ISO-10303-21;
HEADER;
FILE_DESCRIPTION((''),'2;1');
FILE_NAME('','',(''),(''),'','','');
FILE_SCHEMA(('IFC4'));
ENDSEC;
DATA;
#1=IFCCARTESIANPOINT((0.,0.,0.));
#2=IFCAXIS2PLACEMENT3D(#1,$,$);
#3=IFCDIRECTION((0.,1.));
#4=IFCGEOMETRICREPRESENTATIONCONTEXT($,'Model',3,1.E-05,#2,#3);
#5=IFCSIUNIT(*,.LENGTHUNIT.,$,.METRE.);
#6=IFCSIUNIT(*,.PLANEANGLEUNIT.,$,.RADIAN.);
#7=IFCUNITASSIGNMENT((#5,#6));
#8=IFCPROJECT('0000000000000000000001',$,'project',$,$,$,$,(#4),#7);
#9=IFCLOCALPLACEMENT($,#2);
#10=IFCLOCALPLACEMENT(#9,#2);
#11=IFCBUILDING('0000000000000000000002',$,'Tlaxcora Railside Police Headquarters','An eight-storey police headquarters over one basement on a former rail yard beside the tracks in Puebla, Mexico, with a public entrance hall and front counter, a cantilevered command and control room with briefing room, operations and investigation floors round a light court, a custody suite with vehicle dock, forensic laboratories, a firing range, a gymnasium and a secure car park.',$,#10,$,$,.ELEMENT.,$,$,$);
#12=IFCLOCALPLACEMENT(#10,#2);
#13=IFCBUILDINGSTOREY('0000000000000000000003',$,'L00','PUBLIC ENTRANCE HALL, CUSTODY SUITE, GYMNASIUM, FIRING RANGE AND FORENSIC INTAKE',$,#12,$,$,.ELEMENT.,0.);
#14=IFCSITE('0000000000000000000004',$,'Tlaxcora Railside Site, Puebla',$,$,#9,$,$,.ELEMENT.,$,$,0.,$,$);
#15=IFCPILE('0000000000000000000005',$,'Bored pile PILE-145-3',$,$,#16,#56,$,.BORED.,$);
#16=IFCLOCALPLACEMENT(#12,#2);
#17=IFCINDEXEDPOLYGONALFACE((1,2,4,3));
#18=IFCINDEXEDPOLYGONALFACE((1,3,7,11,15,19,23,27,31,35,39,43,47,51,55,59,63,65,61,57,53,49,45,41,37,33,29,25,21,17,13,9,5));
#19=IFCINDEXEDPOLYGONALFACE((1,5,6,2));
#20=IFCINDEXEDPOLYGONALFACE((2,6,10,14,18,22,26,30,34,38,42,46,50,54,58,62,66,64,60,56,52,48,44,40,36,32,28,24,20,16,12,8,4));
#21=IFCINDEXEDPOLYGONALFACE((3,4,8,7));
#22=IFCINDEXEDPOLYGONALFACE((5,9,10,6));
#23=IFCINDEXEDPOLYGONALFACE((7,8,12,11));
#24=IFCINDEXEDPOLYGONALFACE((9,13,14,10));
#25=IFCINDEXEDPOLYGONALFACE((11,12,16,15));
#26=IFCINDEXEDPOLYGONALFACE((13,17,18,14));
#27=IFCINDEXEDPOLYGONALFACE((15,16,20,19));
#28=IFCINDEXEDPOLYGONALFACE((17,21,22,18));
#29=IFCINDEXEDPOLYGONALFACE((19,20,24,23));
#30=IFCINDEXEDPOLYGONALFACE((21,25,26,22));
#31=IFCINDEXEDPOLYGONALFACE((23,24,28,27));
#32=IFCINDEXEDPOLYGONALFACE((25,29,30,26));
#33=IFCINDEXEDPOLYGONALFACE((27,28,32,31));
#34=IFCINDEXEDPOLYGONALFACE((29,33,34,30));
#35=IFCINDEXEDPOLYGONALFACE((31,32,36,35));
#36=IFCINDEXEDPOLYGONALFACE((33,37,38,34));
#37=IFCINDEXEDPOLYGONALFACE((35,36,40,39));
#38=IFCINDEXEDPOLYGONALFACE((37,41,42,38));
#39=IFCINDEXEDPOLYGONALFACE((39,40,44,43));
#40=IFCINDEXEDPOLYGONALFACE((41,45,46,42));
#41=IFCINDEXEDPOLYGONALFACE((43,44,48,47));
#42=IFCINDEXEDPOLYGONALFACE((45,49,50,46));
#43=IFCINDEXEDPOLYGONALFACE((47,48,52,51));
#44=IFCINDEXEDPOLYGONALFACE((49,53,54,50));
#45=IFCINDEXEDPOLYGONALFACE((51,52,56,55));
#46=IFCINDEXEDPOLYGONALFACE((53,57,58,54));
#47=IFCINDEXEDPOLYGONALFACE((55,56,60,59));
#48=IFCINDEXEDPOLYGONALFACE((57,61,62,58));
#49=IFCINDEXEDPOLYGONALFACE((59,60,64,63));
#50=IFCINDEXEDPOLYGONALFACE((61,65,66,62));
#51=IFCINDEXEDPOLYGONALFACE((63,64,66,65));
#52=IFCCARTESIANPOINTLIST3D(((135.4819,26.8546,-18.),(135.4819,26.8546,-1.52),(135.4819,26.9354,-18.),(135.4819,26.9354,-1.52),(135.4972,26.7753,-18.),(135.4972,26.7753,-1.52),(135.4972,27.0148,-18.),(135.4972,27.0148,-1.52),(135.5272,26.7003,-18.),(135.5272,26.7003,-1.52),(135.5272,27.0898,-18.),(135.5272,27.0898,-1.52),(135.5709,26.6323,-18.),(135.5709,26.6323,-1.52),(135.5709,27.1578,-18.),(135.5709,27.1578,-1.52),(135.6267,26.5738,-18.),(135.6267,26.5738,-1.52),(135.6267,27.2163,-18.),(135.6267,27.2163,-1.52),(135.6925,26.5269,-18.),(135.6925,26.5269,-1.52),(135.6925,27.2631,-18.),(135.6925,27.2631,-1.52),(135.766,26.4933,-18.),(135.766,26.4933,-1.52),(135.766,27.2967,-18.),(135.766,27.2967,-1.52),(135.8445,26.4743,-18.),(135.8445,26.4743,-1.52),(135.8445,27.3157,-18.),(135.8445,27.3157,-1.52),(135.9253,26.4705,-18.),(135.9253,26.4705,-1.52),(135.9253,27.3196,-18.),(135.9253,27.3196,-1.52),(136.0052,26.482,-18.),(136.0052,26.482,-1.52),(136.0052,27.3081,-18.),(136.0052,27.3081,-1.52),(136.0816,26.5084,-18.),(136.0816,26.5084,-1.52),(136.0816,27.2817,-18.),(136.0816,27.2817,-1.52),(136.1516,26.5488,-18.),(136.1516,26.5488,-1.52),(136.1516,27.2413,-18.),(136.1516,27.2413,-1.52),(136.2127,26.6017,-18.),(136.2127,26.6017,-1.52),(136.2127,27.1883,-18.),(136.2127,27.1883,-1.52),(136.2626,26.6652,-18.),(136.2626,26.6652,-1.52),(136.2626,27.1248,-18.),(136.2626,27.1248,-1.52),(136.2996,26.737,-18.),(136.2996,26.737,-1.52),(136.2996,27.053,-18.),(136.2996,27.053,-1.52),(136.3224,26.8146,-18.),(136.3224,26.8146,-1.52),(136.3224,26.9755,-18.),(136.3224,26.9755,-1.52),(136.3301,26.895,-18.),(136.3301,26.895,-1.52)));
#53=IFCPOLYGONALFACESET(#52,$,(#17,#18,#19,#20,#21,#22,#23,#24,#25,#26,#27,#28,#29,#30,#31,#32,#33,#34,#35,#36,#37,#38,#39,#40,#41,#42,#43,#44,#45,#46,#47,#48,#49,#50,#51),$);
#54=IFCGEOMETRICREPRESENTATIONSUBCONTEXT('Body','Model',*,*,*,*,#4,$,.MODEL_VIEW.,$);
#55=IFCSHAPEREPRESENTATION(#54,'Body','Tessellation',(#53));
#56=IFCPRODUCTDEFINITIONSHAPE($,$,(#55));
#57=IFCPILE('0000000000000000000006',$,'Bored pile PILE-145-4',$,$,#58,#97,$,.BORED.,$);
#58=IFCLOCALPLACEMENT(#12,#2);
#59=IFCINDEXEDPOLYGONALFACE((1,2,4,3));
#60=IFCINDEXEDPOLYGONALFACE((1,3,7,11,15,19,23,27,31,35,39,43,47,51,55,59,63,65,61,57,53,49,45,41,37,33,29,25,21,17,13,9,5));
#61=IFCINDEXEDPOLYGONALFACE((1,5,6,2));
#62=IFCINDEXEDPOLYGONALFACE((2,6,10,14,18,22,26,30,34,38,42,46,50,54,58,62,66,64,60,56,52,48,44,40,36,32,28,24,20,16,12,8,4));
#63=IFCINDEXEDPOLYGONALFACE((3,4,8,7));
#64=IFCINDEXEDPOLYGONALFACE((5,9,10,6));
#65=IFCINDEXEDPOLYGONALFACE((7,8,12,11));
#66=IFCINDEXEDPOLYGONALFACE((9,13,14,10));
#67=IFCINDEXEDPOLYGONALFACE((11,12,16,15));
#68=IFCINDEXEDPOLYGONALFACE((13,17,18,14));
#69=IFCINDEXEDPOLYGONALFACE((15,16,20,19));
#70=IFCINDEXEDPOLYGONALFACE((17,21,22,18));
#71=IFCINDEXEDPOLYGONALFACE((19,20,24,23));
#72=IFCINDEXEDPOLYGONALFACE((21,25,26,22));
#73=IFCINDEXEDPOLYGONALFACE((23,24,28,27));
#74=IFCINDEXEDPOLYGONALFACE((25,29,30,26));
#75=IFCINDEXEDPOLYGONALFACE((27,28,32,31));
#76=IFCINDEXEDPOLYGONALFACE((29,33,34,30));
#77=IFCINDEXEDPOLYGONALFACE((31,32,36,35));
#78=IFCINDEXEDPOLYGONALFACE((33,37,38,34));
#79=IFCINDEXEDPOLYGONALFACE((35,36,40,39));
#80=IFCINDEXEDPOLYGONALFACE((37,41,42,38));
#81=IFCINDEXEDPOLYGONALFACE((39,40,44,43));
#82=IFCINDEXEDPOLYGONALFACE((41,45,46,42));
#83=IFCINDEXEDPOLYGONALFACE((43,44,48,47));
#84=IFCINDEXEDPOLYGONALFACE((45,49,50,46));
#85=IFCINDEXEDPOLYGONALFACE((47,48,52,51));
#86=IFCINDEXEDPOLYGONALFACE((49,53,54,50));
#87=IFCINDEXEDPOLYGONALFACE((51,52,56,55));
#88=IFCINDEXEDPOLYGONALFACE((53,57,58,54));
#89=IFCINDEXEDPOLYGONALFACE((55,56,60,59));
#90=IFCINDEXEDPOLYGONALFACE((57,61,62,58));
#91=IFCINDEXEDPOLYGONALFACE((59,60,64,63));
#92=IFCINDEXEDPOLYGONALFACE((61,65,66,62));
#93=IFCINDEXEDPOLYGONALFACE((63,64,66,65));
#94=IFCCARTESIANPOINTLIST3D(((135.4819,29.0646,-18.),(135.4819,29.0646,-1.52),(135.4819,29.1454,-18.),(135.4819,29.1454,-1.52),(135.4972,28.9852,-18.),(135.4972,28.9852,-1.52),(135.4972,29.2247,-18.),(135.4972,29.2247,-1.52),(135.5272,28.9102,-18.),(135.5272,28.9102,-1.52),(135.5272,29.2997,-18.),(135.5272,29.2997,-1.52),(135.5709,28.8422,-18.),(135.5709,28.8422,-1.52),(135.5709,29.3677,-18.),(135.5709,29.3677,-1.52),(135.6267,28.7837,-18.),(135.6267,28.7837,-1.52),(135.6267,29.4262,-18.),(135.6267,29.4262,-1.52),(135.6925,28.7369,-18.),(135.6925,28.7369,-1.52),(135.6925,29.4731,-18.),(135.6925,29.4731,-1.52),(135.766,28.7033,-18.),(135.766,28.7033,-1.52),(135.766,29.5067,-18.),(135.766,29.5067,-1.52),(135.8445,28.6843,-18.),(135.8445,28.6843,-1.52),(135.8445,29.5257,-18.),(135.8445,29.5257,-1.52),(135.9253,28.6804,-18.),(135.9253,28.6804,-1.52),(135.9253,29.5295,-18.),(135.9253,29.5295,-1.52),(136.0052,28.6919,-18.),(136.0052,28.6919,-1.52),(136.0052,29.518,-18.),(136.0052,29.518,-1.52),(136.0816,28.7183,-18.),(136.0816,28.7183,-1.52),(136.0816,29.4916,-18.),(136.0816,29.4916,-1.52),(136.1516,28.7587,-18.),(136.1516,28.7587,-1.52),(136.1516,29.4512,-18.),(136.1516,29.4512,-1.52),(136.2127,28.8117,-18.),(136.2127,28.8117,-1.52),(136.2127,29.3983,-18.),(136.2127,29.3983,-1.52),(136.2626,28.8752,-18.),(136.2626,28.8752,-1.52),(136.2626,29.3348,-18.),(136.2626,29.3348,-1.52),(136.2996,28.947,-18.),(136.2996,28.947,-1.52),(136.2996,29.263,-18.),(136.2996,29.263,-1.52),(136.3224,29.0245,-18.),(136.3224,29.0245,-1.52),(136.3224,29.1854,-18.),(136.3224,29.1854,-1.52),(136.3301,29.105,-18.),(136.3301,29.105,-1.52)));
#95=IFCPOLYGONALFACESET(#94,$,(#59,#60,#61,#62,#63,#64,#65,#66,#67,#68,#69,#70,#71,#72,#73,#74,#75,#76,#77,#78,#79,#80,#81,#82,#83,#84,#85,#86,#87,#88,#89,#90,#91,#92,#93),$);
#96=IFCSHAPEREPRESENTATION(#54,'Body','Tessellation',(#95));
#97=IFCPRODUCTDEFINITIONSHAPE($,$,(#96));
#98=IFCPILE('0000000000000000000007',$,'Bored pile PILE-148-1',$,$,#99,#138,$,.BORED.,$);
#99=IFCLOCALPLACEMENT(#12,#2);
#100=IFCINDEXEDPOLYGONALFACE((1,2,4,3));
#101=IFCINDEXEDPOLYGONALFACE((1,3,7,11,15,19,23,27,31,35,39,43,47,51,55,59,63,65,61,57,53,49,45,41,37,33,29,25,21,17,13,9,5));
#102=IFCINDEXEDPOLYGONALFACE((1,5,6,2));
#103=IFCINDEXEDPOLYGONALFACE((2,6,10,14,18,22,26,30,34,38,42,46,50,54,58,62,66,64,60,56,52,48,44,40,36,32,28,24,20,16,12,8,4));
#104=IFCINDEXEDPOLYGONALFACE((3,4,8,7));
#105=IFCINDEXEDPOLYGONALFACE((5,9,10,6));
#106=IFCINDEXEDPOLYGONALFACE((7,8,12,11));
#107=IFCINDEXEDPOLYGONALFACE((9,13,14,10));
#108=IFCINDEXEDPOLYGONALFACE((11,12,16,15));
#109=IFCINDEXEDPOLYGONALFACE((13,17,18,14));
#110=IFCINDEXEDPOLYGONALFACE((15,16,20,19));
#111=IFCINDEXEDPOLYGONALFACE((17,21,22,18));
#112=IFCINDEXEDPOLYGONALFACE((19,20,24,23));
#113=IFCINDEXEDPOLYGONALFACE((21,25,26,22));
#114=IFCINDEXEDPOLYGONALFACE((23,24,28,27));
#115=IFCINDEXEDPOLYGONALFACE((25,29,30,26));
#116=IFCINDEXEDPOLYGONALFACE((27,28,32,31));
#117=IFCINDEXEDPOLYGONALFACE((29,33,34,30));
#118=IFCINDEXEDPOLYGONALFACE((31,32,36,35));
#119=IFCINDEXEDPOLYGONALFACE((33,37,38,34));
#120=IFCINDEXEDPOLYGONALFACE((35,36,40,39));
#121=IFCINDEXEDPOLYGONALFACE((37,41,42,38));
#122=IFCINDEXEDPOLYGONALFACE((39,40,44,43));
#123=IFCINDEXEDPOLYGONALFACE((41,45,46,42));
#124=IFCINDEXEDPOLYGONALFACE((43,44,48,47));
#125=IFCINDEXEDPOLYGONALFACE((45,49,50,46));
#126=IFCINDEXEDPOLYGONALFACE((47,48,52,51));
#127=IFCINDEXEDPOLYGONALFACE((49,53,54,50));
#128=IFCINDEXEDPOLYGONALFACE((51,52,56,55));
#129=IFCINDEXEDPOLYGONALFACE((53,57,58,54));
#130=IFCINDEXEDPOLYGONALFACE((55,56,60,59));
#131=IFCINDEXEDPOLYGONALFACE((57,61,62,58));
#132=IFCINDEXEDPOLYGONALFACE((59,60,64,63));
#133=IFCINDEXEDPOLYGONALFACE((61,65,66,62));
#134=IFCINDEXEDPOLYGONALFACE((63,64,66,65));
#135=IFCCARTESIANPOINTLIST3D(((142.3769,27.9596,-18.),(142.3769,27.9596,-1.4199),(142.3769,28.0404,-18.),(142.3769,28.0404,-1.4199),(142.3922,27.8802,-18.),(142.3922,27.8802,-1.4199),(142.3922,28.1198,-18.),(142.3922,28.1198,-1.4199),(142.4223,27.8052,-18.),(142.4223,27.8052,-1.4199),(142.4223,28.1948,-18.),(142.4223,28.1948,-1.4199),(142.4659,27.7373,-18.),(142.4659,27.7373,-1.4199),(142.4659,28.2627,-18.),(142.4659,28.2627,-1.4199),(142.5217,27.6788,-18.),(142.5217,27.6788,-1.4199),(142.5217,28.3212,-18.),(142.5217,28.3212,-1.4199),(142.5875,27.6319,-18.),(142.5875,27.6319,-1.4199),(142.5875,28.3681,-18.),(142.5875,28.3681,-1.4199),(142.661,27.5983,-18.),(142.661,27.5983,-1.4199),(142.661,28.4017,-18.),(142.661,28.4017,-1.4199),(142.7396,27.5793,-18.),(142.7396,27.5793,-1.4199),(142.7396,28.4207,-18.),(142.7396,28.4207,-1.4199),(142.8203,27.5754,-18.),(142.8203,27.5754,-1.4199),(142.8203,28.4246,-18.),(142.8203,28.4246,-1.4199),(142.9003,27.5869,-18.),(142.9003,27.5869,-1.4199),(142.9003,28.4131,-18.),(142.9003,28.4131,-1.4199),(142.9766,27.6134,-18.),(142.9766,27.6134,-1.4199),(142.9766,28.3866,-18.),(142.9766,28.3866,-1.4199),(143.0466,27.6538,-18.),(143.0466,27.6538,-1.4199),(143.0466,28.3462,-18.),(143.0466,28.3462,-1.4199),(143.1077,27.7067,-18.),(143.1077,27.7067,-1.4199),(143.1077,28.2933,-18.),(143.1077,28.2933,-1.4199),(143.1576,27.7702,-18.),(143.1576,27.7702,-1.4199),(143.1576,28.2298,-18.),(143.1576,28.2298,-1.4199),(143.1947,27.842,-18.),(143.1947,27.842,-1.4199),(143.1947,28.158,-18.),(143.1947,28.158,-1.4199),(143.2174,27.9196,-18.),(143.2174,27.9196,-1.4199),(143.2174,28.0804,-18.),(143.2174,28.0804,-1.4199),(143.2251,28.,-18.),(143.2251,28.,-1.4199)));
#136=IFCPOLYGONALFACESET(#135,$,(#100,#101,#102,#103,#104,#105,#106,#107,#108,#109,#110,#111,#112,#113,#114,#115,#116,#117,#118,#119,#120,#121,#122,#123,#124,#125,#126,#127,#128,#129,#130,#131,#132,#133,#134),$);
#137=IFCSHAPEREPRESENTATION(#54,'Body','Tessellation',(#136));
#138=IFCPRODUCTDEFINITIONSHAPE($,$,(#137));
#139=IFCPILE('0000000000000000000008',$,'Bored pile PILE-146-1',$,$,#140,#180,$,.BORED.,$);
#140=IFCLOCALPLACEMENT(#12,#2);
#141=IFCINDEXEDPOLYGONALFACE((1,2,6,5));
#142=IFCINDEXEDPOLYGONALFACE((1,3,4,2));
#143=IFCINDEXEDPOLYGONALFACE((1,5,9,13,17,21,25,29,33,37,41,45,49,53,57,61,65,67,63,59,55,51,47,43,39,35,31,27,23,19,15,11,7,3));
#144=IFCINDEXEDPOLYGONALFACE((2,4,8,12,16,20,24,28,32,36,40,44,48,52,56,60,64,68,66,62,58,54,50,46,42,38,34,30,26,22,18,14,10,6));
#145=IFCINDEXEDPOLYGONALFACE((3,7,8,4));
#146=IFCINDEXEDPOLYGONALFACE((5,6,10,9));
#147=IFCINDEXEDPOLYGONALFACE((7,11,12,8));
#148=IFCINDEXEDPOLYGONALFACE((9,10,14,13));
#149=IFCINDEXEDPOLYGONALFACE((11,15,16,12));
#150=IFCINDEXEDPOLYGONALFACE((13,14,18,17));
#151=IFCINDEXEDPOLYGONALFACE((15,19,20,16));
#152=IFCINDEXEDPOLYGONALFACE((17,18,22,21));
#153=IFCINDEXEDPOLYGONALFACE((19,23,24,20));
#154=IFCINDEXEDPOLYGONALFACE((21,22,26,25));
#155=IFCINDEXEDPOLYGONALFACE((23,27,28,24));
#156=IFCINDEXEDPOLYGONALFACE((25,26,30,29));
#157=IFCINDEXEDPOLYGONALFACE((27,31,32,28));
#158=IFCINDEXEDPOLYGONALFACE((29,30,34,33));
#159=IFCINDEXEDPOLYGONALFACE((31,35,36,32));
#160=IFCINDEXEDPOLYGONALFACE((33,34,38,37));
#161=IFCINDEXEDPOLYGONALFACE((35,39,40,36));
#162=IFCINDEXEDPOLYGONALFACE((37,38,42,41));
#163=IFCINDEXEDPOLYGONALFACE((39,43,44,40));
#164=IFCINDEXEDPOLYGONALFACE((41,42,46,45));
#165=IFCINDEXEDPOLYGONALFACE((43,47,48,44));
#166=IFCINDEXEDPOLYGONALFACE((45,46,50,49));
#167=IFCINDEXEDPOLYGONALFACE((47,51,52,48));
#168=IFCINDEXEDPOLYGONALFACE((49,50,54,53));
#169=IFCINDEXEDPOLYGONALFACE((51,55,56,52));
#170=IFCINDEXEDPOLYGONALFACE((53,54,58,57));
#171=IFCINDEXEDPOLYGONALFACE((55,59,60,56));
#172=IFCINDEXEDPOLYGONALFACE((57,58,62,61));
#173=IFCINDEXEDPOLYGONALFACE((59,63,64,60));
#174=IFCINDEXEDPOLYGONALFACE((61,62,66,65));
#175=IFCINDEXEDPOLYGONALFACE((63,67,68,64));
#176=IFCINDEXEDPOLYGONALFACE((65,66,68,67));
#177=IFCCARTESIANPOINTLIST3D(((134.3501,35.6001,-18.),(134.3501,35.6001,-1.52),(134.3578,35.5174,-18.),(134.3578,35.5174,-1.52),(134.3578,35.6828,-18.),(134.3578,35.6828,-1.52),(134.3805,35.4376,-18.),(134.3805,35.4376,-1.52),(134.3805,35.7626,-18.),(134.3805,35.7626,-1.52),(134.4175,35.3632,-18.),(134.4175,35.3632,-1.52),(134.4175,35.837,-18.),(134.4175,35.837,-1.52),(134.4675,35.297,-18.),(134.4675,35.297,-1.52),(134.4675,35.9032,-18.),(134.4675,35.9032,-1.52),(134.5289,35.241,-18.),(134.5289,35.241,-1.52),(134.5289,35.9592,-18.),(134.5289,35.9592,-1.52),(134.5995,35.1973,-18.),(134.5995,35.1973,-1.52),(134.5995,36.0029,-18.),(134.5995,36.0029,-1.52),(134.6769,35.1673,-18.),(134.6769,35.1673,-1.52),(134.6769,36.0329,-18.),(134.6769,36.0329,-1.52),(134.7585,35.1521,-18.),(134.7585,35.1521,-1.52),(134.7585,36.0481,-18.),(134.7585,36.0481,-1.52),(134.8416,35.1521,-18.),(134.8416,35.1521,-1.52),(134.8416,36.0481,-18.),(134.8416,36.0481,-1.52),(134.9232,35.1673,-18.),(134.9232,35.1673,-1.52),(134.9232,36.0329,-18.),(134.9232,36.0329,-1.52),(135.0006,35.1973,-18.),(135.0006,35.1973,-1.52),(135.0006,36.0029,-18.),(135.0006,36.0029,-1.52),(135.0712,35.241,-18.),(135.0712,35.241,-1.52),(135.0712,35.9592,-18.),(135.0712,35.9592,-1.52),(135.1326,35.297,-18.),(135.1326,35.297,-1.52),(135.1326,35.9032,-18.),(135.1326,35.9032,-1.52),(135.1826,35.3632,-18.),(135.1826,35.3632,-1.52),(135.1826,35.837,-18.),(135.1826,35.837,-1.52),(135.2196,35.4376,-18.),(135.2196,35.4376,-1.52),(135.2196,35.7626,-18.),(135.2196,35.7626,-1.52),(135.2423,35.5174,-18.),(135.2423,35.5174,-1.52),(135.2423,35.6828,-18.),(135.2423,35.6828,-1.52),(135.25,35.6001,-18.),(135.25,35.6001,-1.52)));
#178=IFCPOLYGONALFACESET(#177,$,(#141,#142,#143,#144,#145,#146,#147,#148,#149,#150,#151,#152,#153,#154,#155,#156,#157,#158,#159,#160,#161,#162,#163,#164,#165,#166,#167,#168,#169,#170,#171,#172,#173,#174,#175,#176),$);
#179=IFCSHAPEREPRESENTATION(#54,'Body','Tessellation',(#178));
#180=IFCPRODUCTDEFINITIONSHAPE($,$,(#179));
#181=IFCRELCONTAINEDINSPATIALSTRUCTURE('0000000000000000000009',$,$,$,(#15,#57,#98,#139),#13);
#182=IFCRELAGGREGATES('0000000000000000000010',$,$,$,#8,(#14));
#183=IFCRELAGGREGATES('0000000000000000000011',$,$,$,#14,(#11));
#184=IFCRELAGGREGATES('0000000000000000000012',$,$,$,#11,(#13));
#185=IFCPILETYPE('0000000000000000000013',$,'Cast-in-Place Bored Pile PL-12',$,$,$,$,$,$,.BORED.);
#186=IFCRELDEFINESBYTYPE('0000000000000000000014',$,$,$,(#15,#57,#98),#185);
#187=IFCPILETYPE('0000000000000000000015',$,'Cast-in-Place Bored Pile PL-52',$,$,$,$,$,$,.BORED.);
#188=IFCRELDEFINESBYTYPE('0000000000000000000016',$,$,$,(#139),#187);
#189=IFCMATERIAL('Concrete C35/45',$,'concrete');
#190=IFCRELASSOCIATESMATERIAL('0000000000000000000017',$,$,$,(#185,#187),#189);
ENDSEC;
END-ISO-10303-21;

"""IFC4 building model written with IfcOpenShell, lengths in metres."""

from ifc_helpers import new_model, si_unit, direction, frame, origin, origin_2d, place, context, subcontext, project, spatial, circle, extrude, material, material_profile, profile_set, type_object, element, save


model = new_model("IFC4")

# Units and contexts
model_context = context("Model", 3, precision=1e-05, world=origin(), true_north=direction((0.0, 1.0)))
body_context = subcontext(model_context, "Body", "Model", "MODEL_VIEW")
ifc_project = project(units=[si_unit("LENGTHUNIT", "METRE"), si_unit("PLANEANGLEUNIT", "RADIAN")], contexts=[model_context])

# Site, building, storey
site_placement = place(None, origin())
site = spatial("IfcSite", under=ifc_project, at=site_placement, Name="Tlaxcora Railside Site, Puebla", CompositionType="ELEMENT", RefElevation=0.0)
building_placement = place(site_placement, origin())
building = spatial("IfcBuilding", under=site, at=building_placement, Name="Tlaxcora Railside Police Headquarters", Description="An eight-storey police headquarters over one basement on a former rail yard beside the tracks in Puebla, Mexico, with a public entrance hall and front counter, a cantilevered command and control room with briefing room, operations and investigation floors round a light court, a custody suite with vehicle dock, forensic laboratories, a firing range, a gymnasium and a secure car park.", CompositionType="ELEMENT")
storey_placement = place(building_placement, origin())
storey = spatial("IfcBuildingStorey", under=building, at=storey_placement, Name="L00", Description="PUBLIC ENTRANCE HALL, CUSTODY SUITE, GYMNASIUM, FIRING RANGE AND FORENSIC INTAKE", CompositionType="ELEMENT", Elevation=0.0)

# Piles
ifc_material_1 = material(Name="Concrete C35/45", Category="concrete")
ifc_material_profile_1 = material_profile(ifc_material_1, circle(Radius=0.425, at=origin_2d()), Name="PILE850")
ifc_profile_set_1 = profile_set([ifc_material_profile_1], Name="Concrete C35/45")
pile_type_1 = type_object("IfcPileType", Name="Cast-in-Place Bored Pile PL-12", PredefinedType="BORED", material=ifc_profile_set_1)
for number, where, z_axis, x_axis, name in (
    (1, (135.905, 26.895, -1.52), (0.0, 0.0, -1.0), (1.0, 0.0, 0.0), "Bored pile PILE-145-3"),
    (2, (135.905, 29.105, -1.52), (0.0, 0.0, -1.0), (1.0, 0.0, 0.0), "Bored pile PILE-145-4"),
):
    element("IfcPile", number, at=place(storey_placement, frame(where, z_axis=z_axis, x_axis=x_axis)), inside=storey, type_object=pile_type_1, Name=name, PredefinedType="BORED", context=body_context, shape_type="SweptSolid", body=[
        extrude(circle(Radius=0.425, at=origin_2d()), origin(), (0.0, 0.0, 1.0), 16.48),
    ])
pile_1_placement = place(storey_placement, frame((142.8, 28.0, -1.4199), z_axis=(0.0, 0.0, -1.0), x_axis=(1.0, 0.0, 0.0)))
element("IfcPile", 3, at=pile_1_placement, inside=storey, type_object=pile_type_1, Name="Bored pile PILE-148-1", PredefinedType="BORED", context=body_context, shape_type="SweptSolid", body=[
    extrude(circle(Radius=0.425, at=origin_2d()), origin(), (0.0, 0.0, 1.0), 16.5801),
])
ifc_material_profile_2 = material_profile(ifc_material_1, circle(Radius=0.45, at=origin_2d()), Name="PILE900")
ifc_profile_set_2 = profile_set([ifc_material_profile_2], Name="Concrete C35/45")
pile_type_2 = type_object("IfcPileType", Name="Cast-in-Place Bored Pile PL-52", PredefinedType="BORED", material=ifc_profile_set_2)
pile_2_placement = place(storey_placement, frame((134.8, 35.6001, -1.52), z_axis=(0.0, 0.0, -1.0), x_axis=(1.0, 0.0, 0.0)))
element("IfcPile", 4, at=pile_2_placement, inside=storey, type_object=pile_type_2, Name="Bored pile PILE-146-1", PredefinedType="BORED", context=body_context, shape_type="SweptSolid", body=[
    extrude(circle(Radius=0.45, at=origin_2d()), origin(), (0.0, 0.0, 1.0), 16.48),
])

save(model, "model.ifc")
